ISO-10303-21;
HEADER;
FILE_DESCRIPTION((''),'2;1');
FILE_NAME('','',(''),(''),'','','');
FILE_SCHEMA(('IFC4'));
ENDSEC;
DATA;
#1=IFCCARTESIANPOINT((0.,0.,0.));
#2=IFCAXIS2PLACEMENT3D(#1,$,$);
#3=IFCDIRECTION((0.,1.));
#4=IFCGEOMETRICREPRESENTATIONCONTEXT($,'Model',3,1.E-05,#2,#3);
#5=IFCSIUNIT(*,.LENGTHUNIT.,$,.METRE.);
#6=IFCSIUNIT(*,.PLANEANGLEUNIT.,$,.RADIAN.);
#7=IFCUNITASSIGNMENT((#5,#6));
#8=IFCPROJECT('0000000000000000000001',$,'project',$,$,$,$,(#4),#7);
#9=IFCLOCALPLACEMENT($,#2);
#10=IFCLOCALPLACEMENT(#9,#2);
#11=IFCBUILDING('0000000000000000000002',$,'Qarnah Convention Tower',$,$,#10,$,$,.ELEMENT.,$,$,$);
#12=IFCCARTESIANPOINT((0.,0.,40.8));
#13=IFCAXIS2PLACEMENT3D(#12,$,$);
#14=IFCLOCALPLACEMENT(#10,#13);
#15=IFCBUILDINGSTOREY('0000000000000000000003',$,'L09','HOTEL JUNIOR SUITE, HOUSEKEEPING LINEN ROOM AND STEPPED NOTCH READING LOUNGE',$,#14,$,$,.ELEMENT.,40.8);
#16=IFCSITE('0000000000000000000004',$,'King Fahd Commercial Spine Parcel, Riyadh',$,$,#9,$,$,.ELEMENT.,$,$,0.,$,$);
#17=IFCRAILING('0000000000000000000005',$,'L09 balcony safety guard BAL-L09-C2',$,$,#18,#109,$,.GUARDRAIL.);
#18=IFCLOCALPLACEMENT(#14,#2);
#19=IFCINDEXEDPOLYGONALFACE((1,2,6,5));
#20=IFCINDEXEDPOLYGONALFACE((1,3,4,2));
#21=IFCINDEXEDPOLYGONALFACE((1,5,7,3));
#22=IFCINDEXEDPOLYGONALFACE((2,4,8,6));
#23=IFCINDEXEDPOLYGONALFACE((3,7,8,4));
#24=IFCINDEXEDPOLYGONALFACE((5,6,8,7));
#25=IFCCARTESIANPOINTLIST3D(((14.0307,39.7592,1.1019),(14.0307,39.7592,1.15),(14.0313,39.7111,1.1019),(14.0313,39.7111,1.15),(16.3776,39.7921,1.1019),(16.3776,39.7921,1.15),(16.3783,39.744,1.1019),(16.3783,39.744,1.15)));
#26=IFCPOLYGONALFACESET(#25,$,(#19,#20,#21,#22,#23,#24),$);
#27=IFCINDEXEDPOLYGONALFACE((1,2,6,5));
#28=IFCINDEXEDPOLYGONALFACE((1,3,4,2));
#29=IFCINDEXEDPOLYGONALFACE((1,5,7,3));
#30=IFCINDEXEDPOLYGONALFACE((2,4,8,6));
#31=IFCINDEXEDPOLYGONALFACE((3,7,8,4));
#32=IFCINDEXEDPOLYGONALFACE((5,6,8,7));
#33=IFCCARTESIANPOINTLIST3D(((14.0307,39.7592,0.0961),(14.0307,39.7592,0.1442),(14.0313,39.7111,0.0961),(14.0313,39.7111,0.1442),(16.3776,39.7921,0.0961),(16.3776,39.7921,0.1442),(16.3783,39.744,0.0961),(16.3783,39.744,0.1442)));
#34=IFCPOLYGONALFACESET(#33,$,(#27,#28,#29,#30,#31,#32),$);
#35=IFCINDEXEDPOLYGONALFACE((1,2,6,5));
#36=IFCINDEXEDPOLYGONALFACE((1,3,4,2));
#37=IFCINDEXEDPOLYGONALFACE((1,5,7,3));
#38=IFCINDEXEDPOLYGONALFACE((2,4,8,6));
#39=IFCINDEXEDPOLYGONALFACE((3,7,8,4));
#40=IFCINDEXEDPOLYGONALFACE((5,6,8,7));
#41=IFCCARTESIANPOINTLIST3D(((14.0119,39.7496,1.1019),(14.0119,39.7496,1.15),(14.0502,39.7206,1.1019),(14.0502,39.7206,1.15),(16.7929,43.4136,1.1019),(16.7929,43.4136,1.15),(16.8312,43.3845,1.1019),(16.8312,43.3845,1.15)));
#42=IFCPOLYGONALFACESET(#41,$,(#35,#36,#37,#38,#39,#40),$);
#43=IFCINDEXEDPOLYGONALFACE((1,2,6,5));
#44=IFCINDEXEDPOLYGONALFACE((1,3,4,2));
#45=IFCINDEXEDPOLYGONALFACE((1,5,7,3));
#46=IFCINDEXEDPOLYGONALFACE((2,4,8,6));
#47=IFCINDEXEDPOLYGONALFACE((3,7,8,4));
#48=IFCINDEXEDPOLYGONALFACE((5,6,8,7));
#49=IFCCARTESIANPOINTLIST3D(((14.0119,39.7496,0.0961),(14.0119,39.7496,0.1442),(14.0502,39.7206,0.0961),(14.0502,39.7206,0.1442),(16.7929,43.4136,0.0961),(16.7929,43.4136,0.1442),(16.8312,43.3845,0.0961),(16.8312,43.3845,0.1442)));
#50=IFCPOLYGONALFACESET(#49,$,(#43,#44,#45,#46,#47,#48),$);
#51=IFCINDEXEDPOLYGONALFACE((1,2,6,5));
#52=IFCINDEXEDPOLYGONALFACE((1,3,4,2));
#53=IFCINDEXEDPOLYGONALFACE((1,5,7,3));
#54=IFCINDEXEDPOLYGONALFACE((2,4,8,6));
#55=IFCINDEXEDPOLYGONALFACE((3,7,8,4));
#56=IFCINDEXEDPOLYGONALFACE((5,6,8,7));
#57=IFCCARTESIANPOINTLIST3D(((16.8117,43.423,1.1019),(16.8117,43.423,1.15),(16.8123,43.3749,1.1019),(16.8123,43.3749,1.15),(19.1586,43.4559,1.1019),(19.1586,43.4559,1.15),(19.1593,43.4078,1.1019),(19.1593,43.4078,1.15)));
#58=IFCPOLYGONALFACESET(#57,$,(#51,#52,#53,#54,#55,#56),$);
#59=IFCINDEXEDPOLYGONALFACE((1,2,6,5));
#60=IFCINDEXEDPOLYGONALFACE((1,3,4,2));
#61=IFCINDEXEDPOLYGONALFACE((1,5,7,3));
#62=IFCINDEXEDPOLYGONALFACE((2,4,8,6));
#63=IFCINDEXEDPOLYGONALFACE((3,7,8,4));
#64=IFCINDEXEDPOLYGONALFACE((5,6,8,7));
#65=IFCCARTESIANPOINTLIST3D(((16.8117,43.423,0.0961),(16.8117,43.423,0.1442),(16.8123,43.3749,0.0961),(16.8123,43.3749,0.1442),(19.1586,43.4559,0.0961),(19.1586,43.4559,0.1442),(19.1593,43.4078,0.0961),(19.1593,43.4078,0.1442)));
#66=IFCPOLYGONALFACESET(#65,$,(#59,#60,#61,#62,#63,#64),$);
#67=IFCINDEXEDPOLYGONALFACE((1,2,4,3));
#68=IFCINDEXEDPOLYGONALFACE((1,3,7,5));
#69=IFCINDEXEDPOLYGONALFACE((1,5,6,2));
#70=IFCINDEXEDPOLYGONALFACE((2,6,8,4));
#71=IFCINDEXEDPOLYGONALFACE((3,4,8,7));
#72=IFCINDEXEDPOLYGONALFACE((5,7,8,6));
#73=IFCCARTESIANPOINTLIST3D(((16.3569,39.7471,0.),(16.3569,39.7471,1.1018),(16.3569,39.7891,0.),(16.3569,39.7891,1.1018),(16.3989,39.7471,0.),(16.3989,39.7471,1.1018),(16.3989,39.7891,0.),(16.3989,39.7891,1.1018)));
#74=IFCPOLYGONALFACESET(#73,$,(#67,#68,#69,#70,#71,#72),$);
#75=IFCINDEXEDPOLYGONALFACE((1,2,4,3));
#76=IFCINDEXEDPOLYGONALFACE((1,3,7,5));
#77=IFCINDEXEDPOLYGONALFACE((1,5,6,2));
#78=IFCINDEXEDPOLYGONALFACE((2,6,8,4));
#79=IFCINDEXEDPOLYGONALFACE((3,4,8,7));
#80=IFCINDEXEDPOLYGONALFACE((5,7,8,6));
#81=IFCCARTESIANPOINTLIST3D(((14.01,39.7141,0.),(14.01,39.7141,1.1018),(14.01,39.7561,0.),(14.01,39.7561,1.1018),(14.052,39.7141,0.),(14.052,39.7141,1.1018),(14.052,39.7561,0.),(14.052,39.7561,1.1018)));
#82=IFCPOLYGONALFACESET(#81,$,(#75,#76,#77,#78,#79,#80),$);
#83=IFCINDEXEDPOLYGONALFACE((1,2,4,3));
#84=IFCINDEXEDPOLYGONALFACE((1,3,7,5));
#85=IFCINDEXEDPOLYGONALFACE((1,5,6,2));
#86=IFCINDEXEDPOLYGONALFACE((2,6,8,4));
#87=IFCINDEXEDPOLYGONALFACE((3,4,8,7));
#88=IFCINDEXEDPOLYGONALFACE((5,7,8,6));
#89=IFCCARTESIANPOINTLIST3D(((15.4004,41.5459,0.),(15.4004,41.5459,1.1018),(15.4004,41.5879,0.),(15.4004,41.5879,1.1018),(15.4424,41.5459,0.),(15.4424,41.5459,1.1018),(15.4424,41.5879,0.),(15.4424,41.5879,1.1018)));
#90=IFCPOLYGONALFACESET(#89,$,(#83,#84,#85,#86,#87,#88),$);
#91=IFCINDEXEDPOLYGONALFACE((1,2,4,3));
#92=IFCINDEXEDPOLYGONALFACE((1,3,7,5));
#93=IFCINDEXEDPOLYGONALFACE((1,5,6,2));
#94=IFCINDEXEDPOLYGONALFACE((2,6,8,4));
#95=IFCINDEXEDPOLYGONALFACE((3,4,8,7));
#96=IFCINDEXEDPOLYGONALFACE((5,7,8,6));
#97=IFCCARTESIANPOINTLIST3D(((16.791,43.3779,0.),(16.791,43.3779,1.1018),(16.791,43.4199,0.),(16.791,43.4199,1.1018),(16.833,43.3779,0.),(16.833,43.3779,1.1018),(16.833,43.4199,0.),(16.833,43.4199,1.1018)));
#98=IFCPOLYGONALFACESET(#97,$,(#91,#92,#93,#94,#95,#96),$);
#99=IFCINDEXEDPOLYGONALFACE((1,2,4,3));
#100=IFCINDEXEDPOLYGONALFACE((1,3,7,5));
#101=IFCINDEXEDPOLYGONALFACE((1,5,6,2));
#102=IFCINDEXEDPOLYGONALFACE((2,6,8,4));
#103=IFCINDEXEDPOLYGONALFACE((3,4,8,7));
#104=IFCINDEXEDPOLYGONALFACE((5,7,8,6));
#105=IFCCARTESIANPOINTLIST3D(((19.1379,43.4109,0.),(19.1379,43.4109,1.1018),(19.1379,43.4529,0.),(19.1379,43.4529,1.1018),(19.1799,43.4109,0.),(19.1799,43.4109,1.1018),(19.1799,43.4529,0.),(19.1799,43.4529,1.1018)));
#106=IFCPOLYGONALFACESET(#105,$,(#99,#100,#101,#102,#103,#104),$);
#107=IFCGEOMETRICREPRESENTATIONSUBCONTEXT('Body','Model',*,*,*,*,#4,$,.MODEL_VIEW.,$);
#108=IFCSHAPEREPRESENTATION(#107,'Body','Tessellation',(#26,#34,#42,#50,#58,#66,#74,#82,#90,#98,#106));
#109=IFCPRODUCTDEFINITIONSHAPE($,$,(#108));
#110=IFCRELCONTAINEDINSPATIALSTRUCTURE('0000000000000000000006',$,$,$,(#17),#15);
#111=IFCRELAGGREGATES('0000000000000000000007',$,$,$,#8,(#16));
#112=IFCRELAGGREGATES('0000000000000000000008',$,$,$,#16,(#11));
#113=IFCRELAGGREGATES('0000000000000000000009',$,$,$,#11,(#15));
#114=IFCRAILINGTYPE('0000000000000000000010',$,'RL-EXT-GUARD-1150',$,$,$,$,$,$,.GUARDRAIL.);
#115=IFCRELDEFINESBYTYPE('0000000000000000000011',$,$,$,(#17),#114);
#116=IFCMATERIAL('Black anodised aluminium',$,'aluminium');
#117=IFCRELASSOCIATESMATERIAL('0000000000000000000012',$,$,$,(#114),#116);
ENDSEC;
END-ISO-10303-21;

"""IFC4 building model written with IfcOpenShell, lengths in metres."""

from ifc_helpers import new_model, si_unit, direction, frame, origin, origin_2d, place, context, subcontext, project, spatial, rectangle, extrude, material, type_object, element, save


model = new_model("IFC4")

# Units and contexts
model_context = context("Model", 3, precision=1e-05, world=origin(), true_north=direction((0.0, 1.0)))
body_context = subcontext(model_context, "Body", "Model", "MODEL_VIEW")
ifc_project = project(units=[si_unit("LENGTHUNIT", "METRE"), si_unit("PLANEANGLEUNIT", "RADIAN")], contexts=[model_context])

# Site, building, storey
site_placement = place(None, origin())
site = spatial("IfcSite", under=ifc_project, at=site_placement, Name="King Fahd Commercial Spine Parcel, Riyadh", CompositionType="ELEMENT", RefElevation=0.0)
building_placement = place(site_placement, origin())
building = spatial("IfcBuilding", under=site, at=building_placement, Name="Qarnah Convention Tower", CompositionType="ELEMENT")
storey_placement = place(building_placement, frame((0.0, 0.0, 40.8)))
storey = spatial("IfcBuildingStorey", under=building, at=storey_placement, Name="L09", Description="HOTEL JUNIOR SUITE, HOUSEKEEPING LINEN ROOM AND STEPPED NOTCH READING LOUNGE", CompositionType="ELEMENT", Elevation=40.8)

# Shared definitions
ifc_material_1 = material(Name="Black anodised aluminium", Category="aluminium")

# Railing
railing_type = type_object("IfcRailingType", Name="RL-EXT-GUARD-1150", PredefinedType="GUARDRAIL", material=ifc_material_1)
railing_1_placement = place(storey_placement, frame((16.3779, 39.7681, 0.0)))
element("IfcRailing", 1, at=railing_1_placement, inside=storey, type_object=railing_type, Name="L09 balcony safety guard BAL-L09-C2", PredefinedType="GUARDRAIL", context=body_context, shape_type="SweptSolid", body=[
    extrude(rectangle(XDim=0.0481, YDim=0.0481, at=origin_2d()), frame((0.0, 0.0, 1.126), z_axis=(-0.999901, -0.014042, 0.0), x_axis=(0.014042, -0.999901, 0.0)), (0.0, 0.0, 1.0), 2.3472),
    extrude(rectangle(XDim=0.0481, YDim=0.0481, at=origin_2d()), frame((0.0, 0.0, 0.1201), z_axis=(-0.999901, -0.014042, 0.0), x_axis=(0.014042, -0.999901, 0.0)), (0.0, 0.0, 1.0), 2.3472),
    extrude(rectangle(XDim=0.0481, YDim=0.0481, at=origin_2d()), frame((-2.3469, -0.033, 1.126), z_axis=(0.604601, 0.796528, 0.0), x_axis=(-0.796528, 0.604601, 0.0)), (0.0, 0.0, 1.0), 4.5999),
    extrude(rectangle(XDim=0.0481, YDim=0.0481, at=origin_2d()), frame((-2.3469, -0.033, 0.1201), z_axis=(0.604601, 0.796528, 0.0), x_axis=(-0.796528, 0.604601, 0.0)), (0.0, 0.0, 1.0), 4.5999),
    extrude(rectangle(XDim=0.0481, YDim=0.0481, at=origin_2d()), frame((0.4341, 3.6309, 1.126), z_axis=(0.999901, 0.014042, 0.0), x_axis=(-0.014042, 0.999901, 0.0)), (0.0, 0.0, 1.0), 2.3472),
    extrude(rectangle(XDim=0.0481, YDim=0.0481, at=origin_2d()), frame((0.4341, 3.6309, 0.1201), z_axis=(0.999901, 0.014042, 0.0), x_axis=(-0.014042, 0.999901, 0.0)), (0.0, 0.0, 1.0), 2.3472),
    extrude(rectangle(XDim=0.042, YDim=0.042, at=origin_2d()), origin(), (0.0, 0.0, 1.0), 1.1018),
    extrude(rectangle(XDim=0.042, YDim=0.042, at=origin_2d()), frame((-2.3469, -0.033, 0.0)), (0.0, 0.0, 1.0), 1.1018),
    extrude(rectangle(XDim=0.042, YDim=0.042, at=origin_2d()), frame((-0.9565, 1.7988, 0.0)), (0.0, 0.0, 1.0), 1.1018),
    extrude(rectangle(XDim=0.042, YDim=0.042, at=origin_2d()), frame((0.4341, 3.6309, 0.0)), (0.0, 0.0, 1.0), 1.1018),
    extrude(rectangle(XDim=0.042, YDim=0.042, at=origin_2d()), frame((2.781, 3.6638, 0.0)), (0.0, 0.0, 1.0), 1.1018),
])

save(model, "model.ifc")
